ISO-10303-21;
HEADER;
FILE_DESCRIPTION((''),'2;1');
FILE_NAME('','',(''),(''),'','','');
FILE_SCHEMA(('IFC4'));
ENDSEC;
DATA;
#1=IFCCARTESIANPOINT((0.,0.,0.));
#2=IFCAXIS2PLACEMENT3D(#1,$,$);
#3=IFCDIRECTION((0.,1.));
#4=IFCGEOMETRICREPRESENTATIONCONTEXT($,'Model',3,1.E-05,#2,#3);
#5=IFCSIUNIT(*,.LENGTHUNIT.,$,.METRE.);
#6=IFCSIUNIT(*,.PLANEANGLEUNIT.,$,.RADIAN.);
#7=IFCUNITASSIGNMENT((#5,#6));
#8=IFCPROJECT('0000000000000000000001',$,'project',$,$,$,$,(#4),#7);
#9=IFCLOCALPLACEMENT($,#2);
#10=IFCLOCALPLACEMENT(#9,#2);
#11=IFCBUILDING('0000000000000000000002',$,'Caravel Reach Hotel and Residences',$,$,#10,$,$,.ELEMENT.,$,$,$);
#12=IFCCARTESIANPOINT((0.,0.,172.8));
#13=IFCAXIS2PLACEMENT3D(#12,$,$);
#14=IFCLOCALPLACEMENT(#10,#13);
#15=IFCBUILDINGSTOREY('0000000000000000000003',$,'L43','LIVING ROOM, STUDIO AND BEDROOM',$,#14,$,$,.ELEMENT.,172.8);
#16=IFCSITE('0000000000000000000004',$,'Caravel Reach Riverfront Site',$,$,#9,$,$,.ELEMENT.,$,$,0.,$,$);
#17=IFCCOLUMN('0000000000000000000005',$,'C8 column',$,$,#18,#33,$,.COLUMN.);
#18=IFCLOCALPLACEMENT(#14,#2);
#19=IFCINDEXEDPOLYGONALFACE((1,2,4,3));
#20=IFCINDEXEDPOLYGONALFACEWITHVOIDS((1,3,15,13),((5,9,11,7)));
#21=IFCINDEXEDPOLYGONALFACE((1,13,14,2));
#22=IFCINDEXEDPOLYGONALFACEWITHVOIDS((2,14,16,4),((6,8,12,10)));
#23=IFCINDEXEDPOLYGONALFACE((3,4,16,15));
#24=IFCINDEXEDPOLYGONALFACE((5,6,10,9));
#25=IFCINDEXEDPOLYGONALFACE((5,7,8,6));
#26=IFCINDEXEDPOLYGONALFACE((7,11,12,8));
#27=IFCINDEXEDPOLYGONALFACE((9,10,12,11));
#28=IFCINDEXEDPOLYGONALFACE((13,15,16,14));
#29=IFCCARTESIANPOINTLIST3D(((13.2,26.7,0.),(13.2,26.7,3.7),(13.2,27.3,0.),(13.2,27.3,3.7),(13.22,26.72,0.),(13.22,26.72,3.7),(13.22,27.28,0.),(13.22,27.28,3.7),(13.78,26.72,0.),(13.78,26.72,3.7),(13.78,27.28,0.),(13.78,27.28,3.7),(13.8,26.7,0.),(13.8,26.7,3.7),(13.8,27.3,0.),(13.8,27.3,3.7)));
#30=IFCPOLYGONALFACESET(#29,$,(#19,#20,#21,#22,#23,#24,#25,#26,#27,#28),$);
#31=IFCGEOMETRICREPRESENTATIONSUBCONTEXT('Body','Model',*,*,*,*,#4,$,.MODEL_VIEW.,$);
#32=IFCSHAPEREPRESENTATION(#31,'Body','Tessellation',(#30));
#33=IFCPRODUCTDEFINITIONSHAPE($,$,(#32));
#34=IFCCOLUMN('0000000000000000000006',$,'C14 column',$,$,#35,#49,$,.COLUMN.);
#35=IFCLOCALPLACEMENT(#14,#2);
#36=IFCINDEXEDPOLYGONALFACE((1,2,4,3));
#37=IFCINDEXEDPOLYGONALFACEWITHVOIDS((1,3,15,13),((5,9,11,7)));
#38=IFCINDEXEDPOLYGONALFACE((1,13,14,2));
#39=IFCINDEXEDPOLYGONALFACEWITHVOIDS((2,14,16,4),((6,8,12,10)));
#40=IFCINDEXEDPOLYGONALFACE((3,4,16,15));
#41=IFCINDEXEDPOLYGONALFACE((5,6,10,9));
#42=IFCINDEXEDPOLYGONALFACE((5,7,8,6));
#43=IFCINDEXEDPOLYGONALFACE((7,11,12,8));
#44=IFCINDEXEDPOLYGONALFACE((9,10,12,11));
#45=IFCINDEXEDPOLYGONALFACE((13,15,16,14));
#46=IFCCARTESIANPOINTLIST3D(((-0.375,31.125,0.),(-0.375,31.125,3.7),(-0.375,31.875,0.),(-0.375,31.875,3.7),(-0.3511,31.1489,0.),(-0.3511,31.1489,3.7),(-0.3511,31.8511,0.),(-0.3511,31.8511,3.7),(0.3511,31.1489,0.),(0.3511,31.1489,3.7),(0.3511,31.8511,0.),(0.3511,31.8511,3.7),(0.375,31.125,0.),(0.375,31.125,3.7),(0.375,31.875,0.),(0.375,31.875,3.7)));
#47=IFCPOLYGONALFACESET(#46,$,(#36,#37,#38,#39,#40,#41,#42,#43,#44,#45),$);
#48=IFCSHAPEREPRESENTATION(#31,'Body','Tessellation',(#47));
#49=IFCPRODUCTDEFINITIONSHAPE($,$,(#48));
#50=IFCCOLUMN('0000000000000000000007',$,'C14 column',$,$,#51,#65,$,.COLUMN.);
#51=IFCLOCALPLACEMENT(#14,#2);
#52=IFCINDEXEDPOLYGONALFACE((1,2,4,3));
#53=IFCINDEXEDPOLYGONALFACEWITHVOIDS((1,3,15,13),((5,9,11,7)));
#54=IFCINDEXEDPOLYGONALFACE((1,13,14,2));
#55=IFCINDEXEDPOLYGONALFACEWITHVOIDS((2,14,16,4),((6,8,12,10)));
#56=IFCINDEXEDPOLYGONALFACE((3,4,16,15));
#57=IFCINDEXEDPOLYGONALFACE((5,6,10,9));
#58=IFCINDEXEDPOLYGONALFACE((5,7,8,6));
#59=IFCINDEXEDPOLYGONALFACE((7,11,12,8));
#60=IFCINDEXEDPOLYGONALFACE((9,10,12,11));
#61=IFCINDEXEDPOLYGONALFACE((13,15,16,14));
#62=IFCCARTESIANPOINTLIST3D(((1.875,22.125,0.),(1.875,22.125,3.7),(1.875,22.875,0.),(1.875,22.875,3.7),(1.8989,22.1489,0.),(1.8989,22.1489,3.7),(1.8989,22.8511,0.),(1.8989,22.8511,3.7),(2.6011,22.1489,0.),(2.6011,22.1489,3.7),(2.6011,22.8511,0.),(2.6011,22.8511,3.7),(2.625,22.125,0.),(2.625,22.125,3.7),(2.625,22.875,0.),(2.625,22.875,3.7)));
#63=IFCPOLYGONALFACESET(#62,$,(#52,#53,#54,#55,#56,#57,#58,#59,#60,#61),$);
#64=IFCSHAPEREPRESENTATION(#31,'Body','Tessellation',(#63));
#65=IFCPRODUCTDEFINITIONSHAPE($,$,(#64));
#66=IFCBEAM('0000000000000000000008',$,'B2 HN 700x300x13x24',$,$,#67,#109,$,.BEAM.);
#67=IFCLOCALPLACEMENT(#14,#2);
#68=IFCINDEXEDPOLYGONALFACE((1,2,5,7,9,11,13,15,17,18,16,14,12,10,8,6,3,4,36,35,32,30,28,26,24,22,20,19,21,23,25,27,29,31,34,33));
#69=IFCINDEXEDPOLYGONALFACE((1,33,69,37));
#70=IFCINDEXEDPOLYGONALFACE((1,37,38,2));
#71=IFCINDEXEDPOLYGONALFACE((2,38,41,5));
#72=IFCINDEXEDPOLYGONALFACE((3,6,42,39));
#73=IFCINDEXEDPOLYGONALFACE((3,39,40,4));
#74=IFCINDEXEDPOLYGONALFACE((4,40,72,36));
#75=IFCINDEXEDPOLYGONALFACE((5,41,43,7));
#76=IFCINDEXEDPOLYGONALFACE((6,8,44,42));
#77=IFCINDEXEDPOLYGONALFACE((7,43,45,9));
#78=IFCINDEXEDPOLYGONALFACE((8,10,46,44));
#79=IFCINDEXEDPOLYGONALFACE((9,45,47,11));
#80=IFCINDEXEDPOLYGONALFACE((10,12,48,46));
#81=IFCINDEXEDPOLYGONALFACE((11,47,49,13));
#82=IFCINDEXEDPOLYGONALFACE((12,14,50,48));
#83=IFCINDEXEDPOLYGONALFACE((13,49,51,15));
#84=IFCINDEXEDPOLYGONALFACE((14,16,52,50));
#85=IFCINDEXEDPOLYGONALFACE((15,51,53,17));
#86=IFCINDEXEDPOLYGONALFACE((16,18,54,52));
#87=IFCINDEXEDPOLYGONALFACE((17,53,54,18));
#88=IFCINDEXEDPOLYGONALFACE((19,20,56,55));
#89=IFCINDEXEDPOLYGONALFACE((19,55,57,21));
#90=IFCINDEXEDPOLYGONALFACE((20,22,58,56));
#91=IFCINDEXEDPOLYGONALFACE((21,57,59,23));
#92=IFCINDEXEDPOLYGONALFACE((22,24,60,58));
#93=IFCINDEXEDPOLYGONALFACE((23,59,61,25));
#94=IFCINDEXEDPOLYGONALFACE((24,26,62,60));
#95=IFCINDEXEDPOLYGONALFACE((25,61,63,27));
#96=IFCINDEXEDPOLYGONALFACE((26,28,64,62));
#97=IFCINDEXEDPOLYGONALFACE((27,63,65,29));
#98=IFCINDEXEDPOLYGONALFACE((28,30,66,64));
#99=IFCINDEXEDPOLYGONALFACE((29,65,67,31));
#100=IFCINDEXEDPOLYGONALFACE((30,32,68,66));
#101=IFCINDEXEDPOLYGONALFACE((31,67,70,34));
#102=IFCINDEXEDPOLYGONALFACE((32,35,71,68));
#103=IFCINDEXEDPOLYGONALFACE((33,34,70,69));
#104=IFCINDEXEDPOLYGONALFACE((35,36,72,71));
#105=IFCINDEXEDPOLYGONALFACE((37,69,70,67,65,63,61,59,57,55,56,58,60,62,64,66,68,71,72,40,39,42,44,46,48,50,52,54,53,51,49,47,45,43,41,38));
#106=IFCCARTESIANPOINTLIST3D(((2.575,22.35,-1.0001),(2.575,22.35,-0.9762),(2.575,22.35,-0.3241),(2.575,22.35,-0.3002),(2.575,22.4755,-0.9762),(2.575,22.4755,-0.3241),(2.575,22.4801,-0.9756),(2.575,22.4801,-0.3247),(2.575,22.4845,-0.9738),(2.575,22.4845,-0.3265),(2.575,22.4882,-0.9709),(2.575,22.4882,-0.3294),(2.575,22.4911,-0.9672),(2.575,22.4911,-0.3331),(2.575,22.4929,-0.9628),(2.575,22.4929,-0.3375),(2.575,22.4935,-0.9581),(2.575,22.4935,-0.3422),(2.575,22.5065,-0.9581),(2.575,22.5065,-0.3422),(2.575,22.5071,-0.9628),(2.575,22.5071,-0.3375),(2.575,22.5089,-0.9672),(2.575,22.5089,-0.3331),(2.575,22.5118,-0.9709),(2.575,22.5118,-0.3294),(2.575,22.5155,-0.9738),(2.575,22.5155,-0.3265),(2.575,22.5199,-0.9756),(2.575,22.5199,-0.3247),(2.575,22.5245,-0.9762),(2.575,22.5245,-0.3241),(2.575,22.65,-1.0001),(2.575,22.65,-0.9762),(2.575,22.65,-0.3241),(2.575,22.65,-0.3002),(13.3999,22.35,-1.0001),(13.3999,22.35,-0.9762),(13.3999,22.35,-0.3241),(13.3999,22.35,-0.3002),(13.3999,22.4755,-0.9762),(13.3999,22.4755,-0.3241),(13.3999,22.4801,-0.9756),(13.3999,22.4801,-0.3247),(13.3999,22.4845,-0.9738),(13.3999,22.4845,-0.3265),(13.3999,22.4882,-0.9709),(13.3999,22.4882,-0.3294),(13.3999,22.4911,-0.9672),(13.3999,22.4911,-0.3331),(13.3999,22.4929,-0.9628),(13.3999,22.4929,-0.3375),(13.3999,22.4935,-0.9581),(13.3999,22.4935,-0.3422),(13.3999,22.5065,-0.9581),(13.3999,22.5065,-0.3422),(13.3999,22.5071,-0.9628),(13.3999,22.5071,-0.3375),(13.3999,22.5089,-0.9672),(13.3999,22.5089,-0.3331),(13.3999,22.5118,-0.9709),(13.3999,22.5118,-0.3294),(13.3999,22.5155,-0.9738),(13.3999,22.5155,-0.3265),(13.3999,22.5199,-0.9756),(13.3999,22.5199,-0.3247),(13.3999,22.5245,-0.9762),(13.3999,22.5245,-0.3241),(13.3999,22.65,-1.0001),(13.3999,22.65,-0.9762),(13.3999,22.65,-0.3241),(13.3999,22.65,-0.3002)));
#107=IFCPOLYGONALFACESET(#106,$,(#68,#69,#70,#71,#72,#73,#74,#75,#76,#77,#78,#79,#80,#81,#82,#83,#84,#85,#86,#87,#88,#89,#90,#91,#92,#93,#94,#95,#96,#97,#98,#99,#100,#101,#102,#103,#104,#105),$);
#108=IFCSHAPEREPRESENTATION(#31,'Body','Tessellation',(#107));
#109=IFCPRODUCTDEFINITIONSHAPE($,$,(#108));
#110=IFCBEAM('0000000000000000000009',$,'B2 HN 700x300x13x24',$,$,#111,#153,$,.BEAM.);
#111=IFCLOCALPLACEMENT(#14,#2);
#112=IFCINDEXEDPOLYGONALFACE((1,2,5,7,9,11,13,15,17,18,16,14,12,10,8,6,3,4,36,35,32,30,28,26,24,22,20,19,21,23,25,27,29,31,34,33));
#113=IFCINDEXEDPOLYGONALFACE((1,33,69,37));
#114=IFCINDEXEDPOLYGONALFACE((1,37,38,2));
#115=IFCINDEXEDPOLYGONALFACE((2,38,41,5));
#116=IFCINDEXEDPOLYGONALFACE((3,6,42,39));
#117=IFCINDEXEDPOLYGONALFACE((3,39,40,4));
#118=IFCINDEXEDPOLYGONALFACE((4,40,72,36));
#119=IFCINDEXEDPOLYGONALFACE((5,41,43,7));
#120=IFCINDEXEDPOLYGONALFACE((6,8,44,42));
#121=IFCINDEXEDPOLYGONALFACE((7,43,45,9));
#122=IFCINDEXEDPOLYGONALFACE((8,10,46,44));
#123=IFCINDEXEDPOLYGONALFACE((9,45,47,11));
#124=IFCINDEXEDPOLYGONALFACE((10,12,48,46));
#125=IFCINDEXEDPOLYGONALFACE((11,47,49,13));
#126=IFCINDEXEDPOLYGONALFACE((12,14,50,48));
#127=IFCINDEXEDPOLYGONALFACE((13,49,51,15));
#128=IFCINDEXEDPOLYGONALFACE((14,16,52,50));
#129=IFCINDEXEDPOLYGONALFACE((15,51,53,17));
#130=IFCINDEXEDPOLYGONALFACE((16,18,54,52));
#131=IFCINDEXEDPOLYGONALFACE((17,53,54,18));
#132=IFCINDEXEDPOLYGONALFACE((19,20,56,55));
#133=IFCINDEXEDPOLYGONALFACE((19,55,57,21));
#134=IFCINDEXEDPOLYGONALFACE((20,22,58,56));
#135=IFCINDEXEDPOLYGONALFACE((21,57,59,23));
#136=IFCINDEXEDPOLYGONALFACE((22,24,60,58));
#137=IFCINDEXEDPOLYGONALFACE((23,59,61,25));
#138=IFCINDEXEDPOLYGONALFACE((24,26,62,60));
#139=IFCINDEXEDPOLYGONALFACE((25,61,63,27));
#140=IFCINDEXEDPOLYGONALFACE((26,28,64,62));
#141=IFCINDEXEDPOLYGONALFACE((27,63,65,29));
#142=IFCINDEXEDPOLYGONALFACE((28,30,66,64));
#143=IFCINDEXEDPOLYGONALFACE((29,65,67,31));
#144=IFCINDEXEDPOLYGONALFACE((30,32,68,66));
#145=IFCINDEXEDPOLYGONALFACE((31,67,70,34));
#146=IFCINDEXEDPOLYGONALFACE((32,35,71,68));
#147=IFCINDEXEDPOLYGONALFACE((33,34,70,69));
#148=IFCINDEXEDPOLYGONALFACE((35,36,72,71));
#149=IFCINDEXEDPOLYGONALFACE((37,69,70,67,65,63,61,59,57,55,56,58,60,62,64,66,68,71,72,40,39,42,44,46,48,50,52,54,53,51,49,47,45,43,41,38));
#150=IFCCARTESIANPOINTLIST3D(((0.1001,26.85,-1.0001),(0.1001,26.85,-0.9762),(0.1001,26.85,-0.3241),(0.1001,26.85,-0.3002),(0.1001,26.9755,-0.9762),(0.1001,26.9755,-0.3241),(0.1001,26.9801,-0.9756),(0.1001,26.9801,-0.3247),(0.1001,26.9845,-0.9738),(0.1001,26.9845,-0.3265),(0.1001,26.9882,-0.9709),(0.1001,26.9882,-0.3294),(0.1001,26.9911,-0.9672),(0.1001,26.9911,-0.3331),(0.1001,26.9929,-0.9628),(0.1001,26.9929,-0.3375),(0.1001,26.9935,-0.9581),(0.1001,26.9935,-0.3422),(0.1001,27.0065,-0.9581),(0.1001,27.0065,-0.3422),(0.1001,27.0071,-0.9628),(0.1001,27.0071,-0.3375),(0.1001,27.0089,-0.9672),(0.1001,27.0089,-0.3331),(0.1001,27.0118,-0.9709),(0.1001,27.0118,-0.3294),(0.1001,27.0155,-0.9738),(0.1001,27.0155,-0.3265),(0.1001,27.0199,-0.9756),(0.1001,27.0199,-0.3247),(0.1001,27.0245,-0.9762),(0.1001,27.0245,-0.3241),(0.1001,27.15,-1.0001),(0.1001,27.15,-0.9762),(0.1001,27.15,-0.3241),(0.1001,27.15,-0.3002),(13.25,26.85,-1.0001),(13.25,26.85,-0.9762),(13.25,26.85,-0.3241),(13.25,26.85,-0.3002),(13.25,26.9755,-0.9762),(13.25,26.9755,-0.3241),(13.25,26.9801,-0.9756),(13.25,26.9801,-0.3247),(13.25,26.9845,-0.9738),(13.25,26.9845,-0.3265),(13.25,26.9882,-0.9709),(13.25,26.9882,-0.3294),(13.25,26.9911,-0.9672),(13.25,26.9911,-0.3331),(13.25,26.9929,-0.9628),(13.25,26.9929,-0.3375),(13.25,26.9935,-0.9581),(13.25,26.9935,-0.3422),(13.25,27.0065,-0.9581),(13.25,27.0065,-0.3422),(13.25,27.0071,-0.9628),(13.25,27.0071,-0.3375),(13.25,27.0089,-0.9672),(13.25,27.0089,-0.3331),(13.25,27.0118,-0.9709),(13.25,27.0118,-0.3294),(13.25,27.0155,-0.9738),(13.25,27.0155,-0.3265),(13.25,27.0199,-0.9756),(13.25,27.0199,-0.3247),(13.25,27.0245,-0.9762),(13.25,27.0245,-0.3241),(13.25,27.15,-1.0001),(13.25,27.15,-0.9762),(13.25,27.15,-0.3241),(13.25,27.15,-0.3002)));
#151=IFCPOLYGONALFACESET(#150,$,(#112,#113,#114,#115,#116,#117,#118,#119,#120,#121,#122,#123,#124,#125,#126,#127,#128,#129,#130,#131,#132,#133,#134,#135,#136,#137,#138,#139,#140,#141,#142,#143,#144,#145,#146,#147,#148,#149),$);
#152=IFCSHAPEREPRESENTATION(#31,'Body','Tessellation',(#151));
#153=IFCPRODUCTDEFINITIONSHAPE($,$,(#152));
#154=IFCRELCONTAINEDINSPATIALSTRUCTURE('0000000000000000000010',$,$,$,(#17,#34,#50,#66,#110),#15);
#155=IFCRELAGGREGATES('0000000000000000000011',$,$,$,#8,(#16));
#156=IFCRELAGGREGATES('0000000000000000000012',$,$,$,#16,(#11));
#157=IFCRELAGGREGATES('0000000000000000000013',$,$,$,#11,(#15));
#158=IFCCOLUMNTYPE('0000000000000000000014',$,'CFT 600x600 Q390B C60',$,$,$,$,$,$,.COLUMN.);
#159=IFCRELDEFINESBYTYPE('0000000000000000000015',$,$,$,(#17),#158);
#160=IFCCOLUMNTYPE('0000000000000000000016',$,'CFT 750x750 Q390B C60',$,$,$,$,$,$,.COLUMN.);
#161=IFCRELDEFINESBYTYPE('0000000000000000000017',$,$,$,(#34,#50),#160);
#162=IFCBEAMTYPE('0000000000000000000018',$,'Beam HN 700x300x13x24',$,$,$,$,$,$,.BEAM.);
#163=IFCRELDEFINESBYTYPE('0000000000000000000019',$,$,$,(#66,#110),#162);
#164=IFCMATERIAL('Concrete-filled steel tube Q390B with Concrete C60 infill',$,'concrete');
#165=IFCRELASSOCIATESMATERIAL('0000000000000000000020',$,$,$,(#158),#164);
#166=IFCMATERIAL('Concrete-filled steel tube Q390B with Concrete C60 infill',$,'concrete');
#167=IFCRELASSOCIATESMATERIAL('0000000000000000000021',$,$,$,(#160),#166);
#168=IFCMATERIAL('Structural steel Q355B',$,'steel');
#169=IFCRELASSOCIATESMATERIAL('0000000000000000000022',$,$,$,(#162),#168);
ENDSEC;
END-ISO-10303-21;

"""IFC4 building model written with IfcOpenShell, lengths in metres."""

from ifc_helpers import new_model, si_unit, direction, frame, origin, origin_2d, place, context, subcontext, project, spatial, hollow_rectangle, i_section, extrude, material, material_profile, profile_set, type_object, element, save


model = new_model("IFC4")

# Units and contexts
model_context = context("Model", 3, precision=1e-05, world=origin(), true_north=direction((0.0, 1.0)))
body_context = subcontext(model_context, "Body", "Model", "MODEL_VIEW")
ifc_project = project(units=[si_unit("LENGTHUNIT", "METRE"), si_unit("PLANEANGLEUNIT", "RADIAN")], contexts=[model_context])

# Site, building, storey
site_placement = place(None, origin())
site = spatial("IfcSite", under=ifc_project, at=site_placement, Name="Caravel Reach Riverfront Site", CompositionType="ELEMENT", RefElevation=0.0)
building_placement = place(site_placement, origin())
building = spatial("IfcBuilding", under=site, at=building_placement, Name="Caravel Reach Hotel and Residences", CompositionType="ELEMENT")
storey_placement = place(building_placement, frame((0.0, 0.0, 172.8)))
storey = spatial("IfcBuildingStorey", under=building, at=storey_placement, Name="L43", Description="LIVING ROOM, STUDIO AND BEDROOM", CompositionType="ELEMENT", Elevation=172.8)

# Columns
ifc_material_1 = material(Name="Concrete-filled steel tube Q390B with Concrete C60 infill", Category="concrete")
ifc_material_profile_1 = material_profile(ifc_material_1, hollow_rectangle(XDim=0.6001, YDim=0.6001, WallThickness=0.02, at=origin_2d()), Name="RHS 600x600x20")
ifc_profile_set_1 = profile_set([ifc_material_profile_1], Name="Concrete-filled steel tube Q390B with Concrete C60 infill")
column_type_1 = type_object("IfcColumnType", Name="CFT 600x600 Q390B C60", PredefinedType="COLUMN", material=ifc_profile_set_1)
column_placement = place(storey_placement, frame((13.5, 27.0, 0.0), z_axis=(0.0, 0.0, 1.0), x_axis=(1.0, 0.0, 0.0)))
element("IfcColumn", 1, at=column_placement, inside=storey, type_object=column_type_1, Name="C8 column", PredefinedType="COLUMN", context=body_context, shape_type="SweptSolid", body=[
    extrude(hollow_rectangle(XDim=0.6001, YDim=0.6001, WallThickness=0.02, at=origin_2d()), origin(), (0.0, 0.0, 1.0), 3.7),
])
ifc_material_2 = material(Name="Concrete-filled steel tube Q390B with Concrete C60 infill", Category="concrete")
ifc_material_profile_2 = material_profile(ifc_material_2, hollow_rectangle(XDim=0.75, YDim=0.75, WallThickness=0.0239, at=origin_2d()), Name="RHS 750x750x24")
ifc_profile_set_2 = profile_set([ifc_material_profile_2], Name="Concrete-filled steel tube Q390B with Concrete C60 infill")
column_type_2 = type_object("IfcColumnType", Name="CFT 750x750 Q390B C60", PredefinedType="COLUMN", material=ifc_profile_set_2)
for number, where, z_axis, x_axis, name in (
    (2, (0.0, 31.5, 0.0), (0.0, 0.0, 1.0), (1.0, 0.0, 0.0), "C14 column"),
    (3, (2.25, 22.5, 0.0), (0.0, 0.0, 1.0), (1.0, 0.0, 0.0), "C14 column"),
):
    element("IfcColumn", number, at=place(storey_placement, frame(where, z_axis=z_axis, x_axis=x_axis)), inside=storey, type_object=column_type_2, Name=name, PredefinedType="COLUMN", context=body_context, shape_type="SweptSolid", body=[
        extrude(hollow_rectangle(XDim=0.75, YDim=0.75, WallThickness=0.0239, at=origin_2d()), origin(), (0.0, 0.0, 1.0), 3.7),
    ])

# Beams
ifc_material_3 = material(Name="Structural steel Q355B", Category="steel")
ifc_material_profile_3 = material_profile(ifc_material_3, i_section(OverallWidth=0.3, OverallDepth=0.7, WebThickness=0.0129, FlangeThickness=0.0239, FilletRadius=0.0181, at=origin_2d()), Name="HN 700x300x13x24")
ifc_profile_set_3 = profile_set([ifc_material_profile_3], Name="Structural steel Q355B")
beam_type_1 = type_object("IfcBeamType", Name="Beam HN 700x300x13x24", PredefinedType="BEAM", material=ifc_profile_set_3)
beam_1_placement = place(storey_placement, frame((13.3999, 22.5, -0.6501), z_axis=(-1.0, 0.0, 0.0), x_axis=(0.0, -1.0, 0.0)))
element("IfcBeam", 4, at=beam_1_placement, inside=storey, type_object=beam_type_1, Name="B2 HN 700x300x13x24", PredefinedType="BEAM", context=body_context, shape_type="SweptSolid", body=[
    extrude(i_section(OverallWidth=0.3, OverallDepth=0.7, WebThickness=0.0129, FlangeThickness=0.0239, FilletRadius=0.0181, at=origin_2d()), origin(), (0.0, 0.0, 1.0), 10.825),
])
beam_2_placement = place(storey_placement, frame((13.25, 27.0, -0.6501), z_axis=(-1.0, 0.0, 0.0), x_axis=(0.0, -1.0, 0.0)))
element("IfcBeam", 5, at=beam_2_placement, inside=storey, type_object=beam_type_1, Name="B2 HN 700x300x13x24", PredefinedType="BEAM", context=body_context, shape_type="SweptSolid", body=[
    extrude(i_section(OverallWidth=0.3, OverallDepth=0.7, WebThickness=0.0129, FlangeThickness=0.0239, FilletRadius=0.0181, at=origin_2d()), origin(), (0.0, 0.0, 1.0), 13.1499),
])

save(model, "model.ifc")
